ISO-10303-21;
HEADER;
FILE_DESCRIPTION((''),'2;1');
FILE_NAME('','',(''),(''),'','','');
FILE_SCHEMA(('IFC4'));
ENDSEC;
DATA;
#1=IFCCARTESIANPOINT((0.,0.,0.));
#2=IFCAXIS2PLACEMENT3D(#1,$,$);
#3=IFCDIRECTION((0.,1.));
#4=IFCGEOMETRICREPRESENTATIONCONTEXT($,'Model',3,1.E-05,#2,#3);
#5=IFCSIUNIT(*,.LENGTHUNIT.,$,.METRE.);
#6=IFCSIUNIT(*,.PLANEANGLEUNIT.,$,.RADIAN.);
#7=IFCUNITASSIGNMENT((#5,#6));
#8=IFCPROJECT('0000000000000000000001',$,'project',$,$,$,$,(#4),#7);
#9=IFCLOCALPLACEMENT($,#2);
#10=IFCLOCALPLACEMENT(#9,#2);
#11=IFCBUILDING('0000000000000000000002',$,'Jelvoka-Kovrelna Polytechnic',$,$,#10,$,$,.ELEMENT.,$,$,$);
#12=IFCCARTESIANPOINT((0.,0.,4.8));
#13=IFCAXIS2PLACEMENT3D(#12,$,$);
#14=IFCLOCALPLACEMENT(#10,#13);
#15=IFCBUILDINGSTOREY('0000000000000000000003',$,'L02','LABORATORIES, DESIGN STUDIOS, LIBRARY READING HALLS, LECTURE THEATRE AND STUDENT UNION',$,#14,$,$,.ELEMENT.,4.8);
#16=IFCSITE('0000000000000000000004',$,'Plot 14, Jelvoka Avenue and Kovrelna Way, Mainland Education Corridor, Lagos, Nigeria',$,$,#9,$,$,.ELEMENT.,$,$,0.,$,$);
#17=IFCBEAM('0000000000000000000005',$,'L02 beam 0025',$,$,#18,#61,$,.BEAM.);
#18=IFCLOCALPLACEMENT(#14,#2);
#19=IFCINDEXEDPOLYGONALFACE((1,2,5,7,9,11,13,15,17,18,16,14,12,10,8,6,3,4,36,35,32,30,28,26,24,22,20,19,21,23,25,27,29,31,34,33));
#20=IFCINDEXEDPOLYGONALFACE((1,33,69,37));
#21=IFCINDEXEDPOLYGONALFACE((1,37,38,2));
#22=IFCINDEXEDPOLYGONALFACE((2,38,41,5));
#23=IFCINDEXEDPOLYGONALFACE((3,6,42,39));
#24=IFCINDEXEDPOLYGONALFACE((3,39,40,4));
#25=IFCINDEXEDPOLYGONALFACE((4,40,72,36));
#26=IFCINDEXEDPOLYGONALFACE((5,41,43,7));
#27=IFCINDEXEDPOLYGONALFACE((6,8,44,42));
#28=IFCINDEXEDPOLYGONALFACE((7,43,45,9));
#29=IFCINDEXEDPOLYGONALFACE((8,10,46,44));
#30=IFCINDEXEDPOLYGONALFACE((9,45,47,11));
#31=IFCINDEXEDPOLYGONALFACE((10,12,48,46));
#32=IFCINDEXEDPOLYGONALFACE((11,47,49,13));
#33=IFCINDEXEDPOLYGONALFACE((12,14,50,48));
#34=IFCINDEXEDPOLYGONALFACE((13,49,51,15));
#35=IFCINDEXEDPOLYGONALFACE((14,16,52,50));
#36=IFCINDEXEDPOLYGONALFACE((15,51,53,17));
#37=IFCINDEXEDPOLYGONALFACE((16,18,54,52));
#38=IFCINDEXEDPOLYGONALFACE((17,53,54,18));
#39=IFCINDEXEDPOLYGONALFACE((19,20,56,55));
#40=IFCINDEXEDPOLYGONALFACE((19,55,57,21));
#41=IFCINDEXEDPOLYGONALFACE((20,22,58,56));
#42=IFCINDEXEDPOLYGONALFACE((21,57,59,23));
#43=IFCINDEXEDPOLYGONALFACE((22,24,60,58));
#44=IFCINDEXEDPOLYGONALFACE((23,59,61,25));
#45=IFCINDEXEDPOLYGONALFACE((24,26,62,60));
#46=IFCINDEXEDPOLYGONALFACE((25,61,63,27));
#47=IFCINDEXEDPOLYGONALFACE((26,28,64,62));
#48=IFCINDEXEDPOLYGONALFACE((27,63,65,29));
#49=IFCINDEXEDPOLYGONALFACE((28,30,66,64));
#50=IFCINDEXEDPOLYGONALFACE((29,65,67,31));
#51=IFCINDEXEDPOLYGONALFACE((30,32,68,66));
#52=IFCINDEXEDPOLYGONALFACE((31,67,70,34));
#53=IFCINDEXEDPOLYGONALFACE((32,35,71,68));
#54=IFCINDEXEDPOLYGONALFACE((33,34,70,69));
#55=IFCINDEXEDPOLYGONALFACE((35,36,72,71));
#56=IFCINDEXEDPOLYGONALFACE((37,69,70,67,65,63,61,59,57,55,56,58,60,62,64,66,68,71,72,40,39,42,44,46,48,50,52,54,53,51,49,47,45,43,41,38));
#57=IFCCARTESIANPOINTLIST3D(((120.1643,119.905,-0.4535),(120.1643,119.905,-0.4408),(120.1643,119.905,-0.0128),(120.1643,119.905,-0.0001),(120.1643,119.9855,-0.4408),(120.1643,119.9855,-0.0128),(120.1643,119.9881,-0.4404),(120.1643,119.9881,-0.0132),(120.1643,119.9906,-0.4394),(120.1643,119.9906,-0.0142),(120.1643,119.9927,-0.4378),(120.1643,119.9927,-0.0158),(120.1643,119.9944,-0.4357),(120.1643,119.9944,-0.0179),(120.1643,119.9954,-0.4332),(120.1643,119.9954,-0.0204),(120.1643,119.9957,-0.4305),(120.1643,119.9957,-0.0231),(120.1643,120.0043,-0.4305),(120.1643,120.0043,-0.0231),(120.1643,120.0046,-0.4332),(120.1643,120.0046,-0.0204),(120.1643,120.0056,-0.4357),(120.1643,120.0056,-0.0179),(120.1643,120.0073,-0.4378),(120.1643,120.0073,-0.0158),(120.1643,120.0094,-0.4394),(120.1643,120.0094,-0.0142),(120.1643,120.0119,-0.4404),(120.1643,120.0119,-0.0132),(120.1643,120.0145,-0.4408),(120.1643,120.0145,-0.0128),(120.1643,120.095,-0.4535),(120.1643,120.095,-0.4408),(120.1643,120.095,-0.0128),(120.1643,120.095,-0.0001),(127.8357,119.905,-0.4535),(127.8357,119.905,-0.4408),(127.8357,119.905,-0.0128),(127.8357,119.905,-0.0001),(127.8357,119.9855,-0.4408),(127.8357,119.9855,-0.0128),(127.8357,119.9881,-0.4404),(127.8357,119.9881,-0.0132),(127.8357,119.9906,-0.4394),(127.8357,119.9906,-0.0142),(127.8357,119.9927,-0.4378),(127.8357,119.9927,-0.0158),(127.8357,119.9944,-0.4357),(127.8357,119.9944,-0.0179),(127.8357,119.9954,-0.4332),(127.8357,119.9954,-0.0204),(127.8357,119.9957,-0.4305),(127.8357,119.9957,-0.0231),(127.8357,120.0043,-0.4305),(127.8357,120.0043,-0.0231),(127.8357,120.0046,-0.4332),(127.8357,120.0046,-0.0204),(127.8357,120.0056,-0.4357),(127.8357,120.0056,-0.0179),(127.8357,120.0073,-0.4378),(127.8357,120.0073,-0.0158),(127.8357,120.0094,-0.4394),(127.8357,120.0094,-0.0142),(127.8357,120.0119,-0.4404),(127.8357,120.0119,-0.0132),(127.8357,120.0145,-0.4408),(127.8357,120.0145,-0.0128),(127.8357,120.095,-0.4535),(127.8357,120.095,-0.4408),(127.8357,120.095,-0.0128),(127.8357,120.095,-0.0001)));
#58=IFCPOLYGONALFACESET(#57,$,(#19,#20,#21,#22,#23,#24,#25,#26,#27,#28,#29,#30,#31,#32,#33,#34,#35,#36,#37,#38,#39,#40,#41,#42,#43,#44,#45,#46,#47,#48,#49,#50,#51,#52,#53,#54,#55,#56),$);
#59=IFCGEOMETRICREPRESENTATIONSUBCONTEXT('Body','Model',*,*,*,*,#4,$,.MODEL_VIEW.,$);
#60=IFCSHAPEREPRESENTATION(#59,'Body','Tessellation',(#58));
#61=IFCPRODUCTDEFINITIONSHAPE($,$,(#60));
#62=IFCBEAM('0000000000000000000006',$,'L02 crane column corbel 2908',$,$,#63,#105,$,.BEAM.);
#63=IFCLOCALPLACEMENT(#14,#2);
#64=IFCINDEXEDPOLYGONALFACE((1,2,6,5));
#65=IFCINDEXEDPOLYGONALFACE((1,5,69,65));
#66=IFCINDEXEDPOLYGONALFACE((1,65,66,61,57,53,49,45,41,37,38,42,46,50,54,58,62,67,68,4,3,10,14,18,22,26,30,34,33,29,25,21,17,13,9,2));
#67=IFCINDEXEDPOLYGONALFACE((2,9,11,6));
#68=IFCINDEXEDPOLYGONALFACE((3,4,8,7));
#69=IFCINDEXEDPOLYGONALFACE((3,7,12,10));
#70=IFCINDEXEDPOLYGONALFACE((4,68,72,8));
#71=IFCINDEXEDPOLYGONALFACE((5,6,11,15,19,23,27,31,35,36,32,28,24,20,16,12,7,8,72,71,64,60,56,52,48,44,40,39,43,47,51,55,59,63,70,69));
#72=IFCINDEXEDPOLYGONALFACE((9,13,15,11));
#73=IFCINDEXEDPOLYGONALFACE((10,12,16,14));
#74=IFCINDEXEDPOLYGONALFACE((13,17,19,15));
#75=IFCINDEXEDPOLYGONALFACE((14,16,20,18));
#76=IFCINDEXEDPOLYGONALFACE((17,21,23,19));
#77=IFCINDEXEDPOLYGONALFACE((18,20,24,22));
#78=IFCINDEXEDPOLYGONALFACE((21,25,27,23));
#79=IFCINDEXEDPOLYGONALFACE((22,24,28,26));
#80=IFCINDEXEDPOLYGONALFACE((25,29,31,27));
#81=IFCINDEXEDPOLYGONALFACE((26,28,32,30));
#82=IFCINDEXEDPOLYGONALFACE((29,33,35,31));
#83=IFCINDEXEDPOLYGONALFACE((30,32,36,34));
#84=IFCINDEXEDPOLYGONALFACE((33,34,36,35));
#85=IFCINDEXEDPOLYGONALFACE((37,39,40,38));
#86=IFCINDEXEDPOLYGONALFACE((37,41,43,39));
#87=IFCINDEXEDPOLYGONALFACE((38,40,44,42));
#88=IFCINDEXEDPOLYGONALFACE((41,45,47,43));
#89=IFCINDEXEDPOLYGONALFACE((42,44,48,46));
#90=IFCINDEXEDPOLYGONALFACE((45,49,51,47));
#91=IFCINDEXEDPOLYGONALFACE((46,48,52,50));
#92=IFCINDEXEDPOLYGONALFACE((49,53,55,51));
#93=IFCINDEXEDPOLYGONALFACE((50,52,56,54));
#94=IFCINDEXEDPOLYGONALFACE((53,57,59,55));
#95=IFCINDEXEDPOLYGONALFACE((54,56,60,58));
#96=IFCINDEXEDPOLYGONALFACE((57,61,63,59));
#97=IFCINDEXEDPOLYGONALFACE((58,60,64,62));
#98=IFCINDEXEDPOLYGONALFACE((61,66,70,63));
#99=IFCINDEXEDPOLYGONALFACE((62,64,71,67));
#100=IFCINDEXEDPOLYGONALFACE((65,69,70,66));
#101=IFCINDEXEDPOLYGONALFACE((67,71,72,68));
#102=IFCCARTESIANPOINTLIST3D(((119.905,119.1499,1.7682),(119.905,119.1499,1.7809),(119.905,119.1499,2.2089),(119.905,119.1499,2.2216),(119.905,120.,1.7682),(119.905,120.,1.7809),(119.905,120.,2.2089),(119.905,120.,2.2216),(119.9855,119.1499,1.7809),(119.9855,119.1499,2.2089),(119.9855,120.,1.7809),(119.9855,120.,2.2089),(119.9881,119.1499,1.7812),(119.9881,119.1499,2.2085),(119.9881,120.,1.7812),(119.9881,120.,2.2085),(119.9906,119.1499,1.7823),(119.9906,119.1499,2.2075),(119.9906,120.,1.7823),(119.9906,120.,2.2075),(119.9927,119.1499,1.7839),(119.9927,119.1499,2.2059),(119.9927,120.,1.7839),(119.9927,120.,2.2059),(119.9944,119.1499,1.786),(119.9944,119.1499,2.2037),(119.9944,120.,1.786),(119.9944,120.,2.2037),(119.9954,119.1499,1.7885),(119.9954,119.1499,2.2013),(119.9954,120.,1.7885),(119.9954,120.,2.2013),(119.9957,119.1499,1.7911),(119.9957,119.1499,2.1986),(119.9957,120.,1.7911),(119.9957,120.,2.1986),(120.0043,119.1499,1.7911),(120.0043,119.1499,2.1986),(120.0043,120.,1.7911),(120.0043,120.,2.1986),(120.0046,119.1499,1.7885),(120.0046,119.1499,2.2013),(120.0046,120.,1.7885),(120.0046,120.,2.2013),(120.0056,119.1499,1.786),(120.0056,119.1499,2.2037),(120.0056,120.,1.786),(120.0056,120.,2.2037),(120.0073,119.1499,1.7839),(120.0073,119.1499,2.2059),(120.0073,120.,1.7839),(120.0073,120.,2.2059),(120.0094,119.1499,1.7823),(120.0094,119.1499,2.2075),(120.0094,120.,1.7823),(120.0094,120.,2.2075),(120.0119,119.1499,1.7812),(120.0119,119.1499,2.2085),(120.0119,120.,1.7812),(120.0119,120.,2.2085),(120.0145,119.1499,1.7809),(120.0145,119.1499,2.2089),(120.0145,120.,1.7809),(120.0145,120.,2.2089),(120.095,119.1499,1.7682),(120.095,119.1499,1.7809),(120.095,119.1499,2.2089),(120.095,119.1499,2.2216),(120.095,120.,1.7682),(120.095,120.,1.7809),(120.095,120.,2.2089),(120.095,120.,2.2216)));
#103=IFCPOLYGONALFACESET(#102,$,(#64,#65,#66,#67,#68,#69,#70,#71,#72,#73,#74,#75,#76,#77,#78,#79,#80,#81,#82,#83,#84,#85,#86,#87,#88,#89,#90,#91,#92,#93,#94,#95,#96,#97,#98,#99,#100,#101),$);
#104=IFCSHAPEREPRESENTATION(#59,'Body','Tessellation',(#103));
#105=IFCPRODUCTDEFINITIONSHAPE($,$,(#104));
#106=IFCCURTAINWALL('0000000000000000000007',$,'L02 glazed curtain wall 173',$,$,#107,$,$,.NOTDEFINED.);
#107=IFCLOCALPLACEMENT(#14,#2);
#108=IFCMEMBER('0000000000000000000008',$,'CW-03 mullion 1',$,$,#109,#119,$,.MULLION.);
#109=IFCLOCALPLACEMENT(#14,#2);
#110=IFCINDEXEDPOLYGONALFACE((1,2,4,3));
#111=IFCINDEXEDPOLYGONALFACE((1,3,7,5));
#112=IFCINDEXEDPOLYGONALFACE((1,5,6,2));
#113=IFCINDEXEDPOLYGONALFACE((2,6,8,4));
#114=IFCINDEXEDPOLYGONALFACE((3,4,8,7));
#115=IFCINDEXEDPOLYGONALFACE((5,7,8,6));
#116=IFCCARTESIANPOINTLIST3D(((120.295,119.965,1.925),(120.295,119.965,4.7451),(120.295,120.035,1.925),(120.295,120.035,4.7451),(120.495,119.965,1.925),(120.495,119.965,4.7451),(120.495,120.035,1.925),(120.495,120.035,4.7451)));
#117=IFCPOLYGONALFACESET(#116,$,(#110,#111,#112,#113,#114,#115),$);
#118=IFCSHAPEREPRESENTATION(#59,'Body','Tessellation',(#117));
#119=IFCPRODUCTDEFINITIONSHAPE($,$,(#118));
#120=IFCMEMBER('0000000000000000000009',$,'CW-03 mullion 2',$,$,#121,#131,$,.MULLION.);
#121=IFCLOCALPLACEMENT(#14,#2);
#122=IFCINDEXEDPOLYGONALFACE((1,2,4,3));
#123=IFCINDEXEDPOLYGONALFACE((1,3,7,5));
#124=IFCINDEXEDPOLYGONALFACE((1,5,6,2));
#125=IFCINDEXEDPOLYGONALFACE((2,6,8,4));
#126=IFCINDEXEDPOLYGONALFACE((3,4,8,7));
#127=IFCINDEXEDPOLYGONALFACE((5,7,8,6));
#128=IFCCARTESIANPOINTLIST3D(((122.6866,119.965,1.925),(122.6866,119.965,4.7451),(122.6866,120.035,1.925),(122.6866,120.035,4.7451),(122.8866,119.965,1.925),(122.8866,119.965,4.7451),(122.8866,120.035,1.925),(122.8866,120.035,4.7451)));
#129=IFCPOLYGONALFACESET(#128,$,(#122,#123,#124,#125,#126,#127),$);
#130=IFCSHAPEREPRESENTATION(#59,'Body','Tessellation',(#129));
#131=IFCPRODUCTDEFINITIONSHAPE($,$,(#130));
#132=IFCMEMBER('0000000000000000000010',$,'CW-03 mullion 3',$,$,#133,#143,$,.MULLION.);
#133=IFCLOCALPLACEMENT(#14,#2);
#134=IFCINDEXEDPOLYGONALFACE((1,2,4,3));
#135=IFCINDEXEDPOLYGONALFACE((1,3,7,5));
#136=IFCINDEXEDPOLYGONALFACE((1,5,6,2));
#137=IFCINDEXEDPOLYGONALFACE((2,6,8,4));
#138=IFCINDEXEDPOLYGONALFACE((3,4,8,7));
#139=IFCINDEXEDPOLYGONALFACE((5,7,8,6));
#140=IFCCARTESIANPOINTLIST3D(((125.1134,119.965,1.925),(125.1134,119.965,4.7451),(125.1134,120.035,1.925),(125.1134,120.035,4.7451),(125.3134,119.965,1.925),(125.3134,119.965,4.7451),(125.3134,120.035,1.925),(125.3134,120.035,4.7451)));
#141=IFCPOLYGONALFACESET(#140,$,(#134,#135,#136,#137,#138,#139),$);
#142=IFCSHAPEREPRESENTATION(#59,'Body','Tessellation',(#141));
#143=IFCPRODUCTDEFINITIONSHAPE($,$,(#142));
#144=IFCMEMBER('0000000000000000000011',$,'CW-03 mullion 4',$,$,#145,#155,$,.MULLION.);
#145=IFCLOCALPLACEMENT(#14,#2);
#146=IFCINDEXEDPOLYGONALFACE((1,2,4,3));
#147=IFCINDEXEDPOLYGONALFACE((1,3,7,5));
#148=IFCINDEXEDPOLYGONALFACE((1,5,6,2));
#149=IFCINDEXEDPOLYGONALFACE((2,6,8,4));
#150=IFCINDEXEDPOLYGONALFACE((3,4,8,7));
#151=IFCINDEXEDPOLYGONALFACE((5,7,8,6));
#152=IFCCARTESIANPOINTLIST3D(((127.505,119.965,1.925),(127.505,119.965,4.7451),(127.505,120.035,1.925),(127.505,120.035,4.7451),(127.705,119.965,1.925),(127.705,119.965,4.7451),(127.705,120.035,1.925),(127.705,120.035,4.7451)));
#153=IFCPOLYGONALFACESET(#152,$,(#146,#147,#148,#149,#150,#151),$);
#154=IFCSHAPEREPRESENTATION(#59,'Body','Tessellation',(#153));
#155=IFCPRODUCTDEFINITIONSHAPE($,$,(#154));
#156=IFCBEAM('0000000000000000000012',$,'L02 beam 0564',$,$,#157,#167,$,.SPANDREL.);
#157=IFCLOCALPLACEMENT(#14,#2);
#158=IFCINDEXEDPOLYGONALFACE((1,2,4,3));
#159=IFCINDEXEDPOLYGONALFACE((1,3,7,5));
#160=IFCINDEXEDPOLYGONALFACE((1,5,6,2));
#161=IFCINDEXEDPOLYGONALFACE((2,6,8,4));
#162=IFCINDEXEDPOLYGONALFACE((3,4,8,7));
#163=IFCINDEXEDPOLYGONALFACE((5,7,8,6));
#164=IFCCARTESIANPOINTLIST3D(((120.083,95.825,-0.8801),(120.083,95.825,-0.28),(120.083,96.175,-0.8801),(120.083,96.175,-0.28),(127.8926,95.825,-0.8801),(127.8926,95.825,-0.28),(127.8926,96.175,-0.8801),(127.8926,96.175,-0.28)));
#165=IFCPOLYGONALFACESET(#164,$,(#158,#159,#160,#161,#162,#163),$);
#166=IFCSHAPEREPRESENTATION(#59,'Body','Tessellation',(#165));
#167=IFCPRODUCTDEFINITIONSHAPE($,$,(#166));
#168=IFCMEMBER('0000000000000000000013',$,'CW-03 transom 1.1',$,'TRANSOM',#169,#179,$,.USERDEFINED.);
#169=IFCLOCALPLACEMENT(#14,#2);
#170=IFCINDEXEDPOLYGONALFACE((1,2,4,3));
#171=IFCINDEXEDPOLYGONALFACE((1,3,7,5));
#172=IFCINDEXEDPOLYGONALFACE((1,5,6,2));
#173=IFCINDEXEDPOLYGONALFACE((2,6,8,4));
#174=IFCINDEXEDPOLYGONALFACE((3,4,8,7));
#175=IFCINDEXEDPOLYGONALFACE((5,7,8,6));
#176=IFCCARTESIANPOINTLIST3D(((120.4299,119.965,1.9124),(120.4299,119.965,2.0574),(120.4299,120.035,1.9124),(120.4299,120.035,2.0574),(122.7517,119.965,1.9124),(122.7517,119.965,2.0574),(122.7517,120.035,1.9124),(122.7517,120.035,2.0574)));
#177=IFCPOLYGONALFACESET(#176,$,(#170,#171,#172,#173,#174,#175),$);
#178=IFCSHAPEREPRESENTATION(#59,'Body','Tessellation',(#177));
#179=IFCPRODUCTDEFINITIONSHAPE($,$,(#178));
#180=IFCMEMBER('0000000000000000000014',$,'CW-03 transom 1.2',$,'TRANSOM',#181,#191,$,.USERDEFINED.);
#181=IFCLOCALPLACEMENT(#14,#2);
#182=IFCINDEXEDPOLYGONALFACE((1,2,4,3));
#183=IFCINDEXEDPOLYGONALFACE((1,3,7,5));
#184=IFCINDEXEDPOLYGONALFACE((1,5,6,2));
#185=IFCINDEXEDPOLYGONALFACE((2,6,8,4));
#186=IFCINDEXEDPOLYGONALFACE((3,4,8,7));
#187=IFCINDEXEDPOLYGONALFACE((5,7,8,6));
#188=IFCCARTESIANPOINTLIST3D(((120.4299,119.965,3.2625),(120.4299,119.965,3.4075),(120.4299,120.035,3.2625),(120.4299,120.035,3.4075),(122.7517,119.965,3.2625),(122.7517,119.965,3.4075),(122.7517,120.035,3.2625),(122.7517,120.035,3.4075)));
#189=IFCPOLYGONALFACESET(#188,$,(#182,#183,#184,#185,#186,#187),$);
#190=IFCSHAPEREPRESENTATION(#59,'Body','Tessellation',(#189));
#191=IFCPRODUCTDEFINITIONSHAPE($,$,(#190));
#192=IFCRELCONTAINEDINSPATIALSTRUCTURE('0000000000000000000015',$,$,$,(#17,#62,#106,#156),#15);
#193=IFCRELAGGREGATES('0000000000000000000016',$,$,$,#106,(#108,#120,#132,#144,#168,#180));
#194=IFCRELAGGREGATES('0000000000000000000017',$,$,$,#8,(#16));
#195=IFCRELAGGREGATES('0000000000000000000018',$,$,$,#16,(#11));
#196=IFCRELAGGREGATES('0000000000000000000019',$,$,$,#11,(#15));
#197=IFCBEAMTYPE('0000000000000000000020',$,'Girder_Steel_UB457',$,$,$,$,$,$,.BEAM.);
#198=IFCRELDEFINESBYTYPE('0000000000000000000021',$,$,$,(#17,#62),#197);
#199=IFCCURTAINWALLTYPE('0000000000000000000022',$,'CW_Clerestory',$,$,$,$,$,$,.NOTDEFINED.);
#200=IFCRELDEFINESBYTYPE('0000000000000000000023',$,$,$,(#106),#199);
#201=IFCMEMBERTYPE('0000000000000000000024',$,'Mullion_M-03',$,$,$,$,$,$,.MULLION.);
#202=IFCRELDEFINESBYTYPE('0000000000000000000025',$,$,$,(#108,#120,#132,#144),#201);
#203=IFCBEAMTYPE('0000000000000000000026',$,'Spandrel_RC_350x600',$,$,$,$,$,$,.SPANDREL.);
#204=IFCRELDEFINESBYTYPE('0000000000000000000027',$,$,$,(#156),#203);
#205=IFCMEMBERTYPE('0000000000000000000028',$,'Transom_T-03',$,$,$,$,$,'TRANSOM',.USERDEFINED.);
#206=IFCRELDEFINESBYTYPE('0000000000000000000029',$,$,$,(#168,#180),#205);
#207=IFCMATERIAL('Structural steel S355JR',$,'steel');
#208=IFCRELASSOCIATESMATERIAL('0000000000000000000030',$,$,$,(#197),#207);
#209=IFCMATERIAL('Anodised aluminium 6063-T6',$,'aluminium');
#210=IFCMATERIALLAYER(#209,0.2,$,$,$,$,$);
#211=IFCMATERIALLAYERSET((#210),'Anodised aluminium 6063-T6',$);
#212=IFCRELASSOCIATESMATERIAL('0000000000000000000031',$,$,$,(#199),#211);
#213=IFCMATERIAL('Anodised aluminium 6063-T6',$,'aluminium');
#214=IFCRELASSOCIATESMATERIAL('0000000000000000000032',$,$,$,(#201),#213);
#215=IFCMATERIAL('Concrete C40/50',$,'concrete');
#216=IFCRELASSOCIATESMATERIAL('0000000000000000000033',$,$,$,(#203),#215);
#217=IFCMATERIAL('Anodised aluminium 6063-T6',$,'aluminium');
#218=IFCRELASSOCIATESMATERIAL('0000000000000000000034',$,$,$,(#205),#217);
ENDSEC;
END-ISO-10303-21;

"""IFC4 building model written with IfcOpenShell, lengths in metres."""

from ifc_helpers import new_model, si_unit, direction, frame, origin, origin_2d, place, context, subcontext, project, spatial, rectangle, i_section, extrude, material, layer, layer_set, material_profile, profile_set, type_object, element, aggregate, save


model = new_model("IFC4")

# Units and contexts
model_context = context("Model", 3, precision=1e-05, world=origin(), true_north=direction((0.0, 1.0)))
body_context = subcontext(model_context, "Body", "Model", "MODEL_VIEW")
ifc_project = project(units=[si_unit("LENGTHUNIT", "METRE"), si_unit("PLANEANGLEUNIT", "RADIAN")], contexts=[model_context])

# Site, building, storey
site_placement = place(None, origin())
site = spatial("IfcSite", under=ifc_project, at=site_placement, Name="Plot 14, Jelvoka Avenue and Kovrelna Way, Mainland Education Corridor, Lagos, Nigeria", CompositionType="ELEMENT", RefElevation=0.0)
building_placement = place(site_placement, origin())
building = spatial("IfcBuilding", under=site, at=building_placement, Name="Jelvoka-Kovrelna Polytechnic", CompositionType="ELEMENT")
storey_placement = place(building_placement, frame((0.0, 0.0, 4.8)))
storey = spatial("IfcBuildingStorey", under=building, at=storey_placement, Name="L02", Description="LABORATORIES, DESIGN STUDIOS, LIBRARY READING HALLS, LECTURE THEATRE AND STUDENT UNION", CompositionType="ELEMENT", Elevation=4.8)

# Beams
ifc_material_1 = material(Name="Structural steel S355JR", Category="steel")
ifc_material_profile_1 = material_profile(ifc_material_1, i_section(OverallWidth=0.1899, OverallDepth=0.4534, WebThickness=0.0085, FlangeThickness=0.0127, FilletRadius=0.0103, at=origin_2d()), Name="457x191x67 UB")
ifc_profile_set_1 = profile_set([ifc_material_profile_1], Name="Structural steel S355JR")
beam_type_1 = type_object("IfcBeamType", Name="Girder_Steel_UB457", PredefinedType="BEAM", material=ifc_profile_set_1)
beam_1_placement = place(storey_placement, frame((120.1643, 120.0, -0.2268), z_axis=(1.0, 0.0, 0.0), x_axis=(0.0, 1.0, 0.0)))
element("IfcBeam", 1, at=beam_1_placement, inside=storey, type_object=beam_type_1, Name="L02 beam 0025", PredefinedType="BEAM", context=body_context, shape_type="SweptSolid", body=[
    extrude(i_section(OverallWidth=0.1899, OverallDepth=0.4534, WebThickness=0.0085, FlangeThickness=0.0127, FilletRadius=0.0103, at=origin_2d()), origin(), (0.0, 0.0, 1.0), 7.6714),
])
beam_2_placement = place(storey_placement, frame((120.0, 120.0, 1.9949), z_axis=(0.0, -1.0, 0.0), x_axis=(1.0, 0.0, 0.0)))
element("IfcBeam", 2, at=beam_2_placement, inside=storey, type_object=beam_type_1, Name="L02 crane column corbel 2908", PredefinedType="BEAM", context=body_context, shape_type="SweptSolid", body=[
    extrude(i_section(OverallWidth=0.1899, OverallDepth=0.4534, WebThickness=0.0085, FlangeThickness=0.0127, FilletRadius=0.0103, at=origin_2d()), origin(), (0.0, 0.0, 1.0), 0.8501),
])

# Curtain wall, members
ifc_material_2 = material(Name="Anodised aluminium 6063-T6", Category="aluminium")
ifc_layer_1 = layer(ifc_material_2, 0.2)
ifc_layer_set_1 = layer_set([ifc_layer_1], Name="Anodised aluminium 6063-T6")
curtain_wall_type = type_object("IfcCurtainWallType", Name="CW_Clerestory", PredefinedType="NOTDEFINED", material=ifc_layer_set_1)
curtain_wall_placement = place(storey_placement, origin())
curtain_wall = element("IfcCurtainWall", 3, at=curtain_wall_placement, inside=storey, type_object=curtain_wall_type, Name="L02 glazed curtain wall 173", PredefinedType="NOTDEFINED")
ifc_material_3 = material(Name="Anodised aluminium 6063-T6", Category="aluminium")
ifc_material_profile_2 = material_profile(ifc_material_3, rectangle(XDim=0.0701, YDim=0.2, at=origin_2d()), Name="ALU 70x200")
ifc_profile_set_2 = profile_set([ifc_material_profile_2], Name="Anodised aluminium 6063-T6")
member_type_1 = type_object("IfcMemberType", Name="Mullion_M-03", PredefinedType="MULLION", material=ifc_profile_set_2)
member_1_placement = place(storey_placement, frame((120.395, 120.0, 1.925), z_axis=(0.0, 0.0, 1.0), x_axis=(0.0, 1.0, 0.0)))
member_1 = element("IfcMember", 4, at=member_1_placement, type_object=member_type_1, Name="CW-03 mullion 1", PredefinedType="MULLION", context=body_context, shape_type="SweptSolid", body=[
    extrude(rectangle(XDim=0.0701, YDim=0.2, at=origin_2d()), origin(), (0.0, 0.0, 1.0), 2.8201),
])
member_2_placement = place(storey_placement, frame((122.7866, 120.0, 1.925), z_axis=(0.0, 0.0, 1.0), x_axis=(0.0, 1.0, 0.0)))
member_2 = element("IfcMember", 5, at=member_2_placement, type_object=member_type_1, Name="CW-03 mullion 2", PredefinedType="MULLION", context=body_context, shape_type="SweptSolid", body=[
    extrude(rectangle(XDim=0.0701, YDim=0.2, at=origin_2d()), origin(), (0.0, 0.0, 1.0), 2.8201),
])
member_3_placement = place(storey_placement, frame((125.2134, 120.0, 1.925), z_axis=(0.0, 0.0, 1.0), x_axis=(0.0, 1.0, 0.0)))
member_3 = element("IfcMember", 6, at=member_3_placement, type_object=member_type_1, Name="CW-03 mullion 3", PredefinedType="MULLION", context=body_context, shape_type="SweptSolid", body=[
    extrude(rectangle(XDim=0.0701, YDim=0.2, at=origin_2d()), origin(), (0.0, 0.0, 1.0), 2.8201),
])
member_4_placement = place(storey_placement, frame((127.605, 120.0, 1.925), z_axis=(0.0, 0.0, 1.0), x_axis=(0.0, 1.0, 0.0)))
member_4 = element("IfcMember", 7, at=member_4_placement, type_object=member_type_1, Name="CW-03 mullion 4", PredefinedType="MULLION", context=body_context, shape_type="SweptSolid", body=[
    extrude(rectangle(XDim=0.0701, YDim=0.2, at=origin_2d()), origin(), (0.0, 0.0, 1.0), 2.8201),
])

# Beam
ifc_material_4 = material(Name="Concrete C40/50", Category="concrete")
ifc_material_profile_3 = material_profile(ifc_material_4, rectangle(XDim=0.3501, YDim=0.6001, at=origin_2d()), Name="RC 350x600")
ifc_profile_set_3 = profile_set([ifc_material_profile_3], Name="Concrete C40/50")
beam_type_2 = type_object("IfcBeamType", Name="Spandrel_RC_350x600", PredefinedType="SPANDREL", material=ifc_profile_set_3)
beam_3_placement = place(storey_placement, frame((120.083, 96.0, -0.5801), z_axis=(1.0, 0.0, 0.0), x_axis=(0.0, 1.0, 0.0)))
element("IfcBeam", 8, at=beam_3_placement, inside=storey, type_object=beam_type_2, Name="L02 beam 0564", PredefinedType="SPANDREL", context=body_context, shape_type="SweptSolid", body=[
    extrude(rectangle(XDim=0.3501, YDim=0.6001, at=origin_2d()), origin(), (0.0, 0.0, 1.0), 7.8096),
])

# Members
ifc_material_5 = material(Name="Anodised aluminium 6063-T6", Category="aluminium")
ifc_material_profile_4 = material_profile(ifc_material_5, rectangle(XDim=0.0701, YDim=0.145, at=origin_2d()), Name="ALU 70x145")
ifc_profile_set_4 = profile_set([ifc_material_profile_4], Name="Anodised aluminium 6063-T6")
member_type_2 = type_object("IfcMemberType", Name="Transom_T-03", ElementType="TRANSOM", PredefinedType="USERDEFINED", material=ifc_profile_set_4)
member_5_placement = place(storey_placement, frame((120.4299, 120.0, 1.9849), z_axis=(1.0, 0.0, 0.0), x_axis=(0.0, 1.0, 0.0)))
member_5 = element("IfcMember", 9, at=member_5_placement, type_object=member_type_2, Name="CW-03 transom 1.1", ObjectType="TRANSOM", PredefinedType="USERDEFINED", context=body_context, shape_type="SweptSolid", body=[
    extrude(rectangle(XDim=0.0701, YDim=0.145, at=origin_2d()), origin(), (0.0, 0.0, 1.0), 2.3218),
])
member_6_placement = place(storey_placement, frame((120.4299, 120.0, 3.335), z_axis=(1.0, 0.0, 0.0), x_axis=(0.0, 1.0, 0.0)))
member_6 = element("IfcMember", 10, at=member_6_placement, type_object=member_type_2, Name="CW-03 transom 1.2", ObjectType="TRANSOM", PredefinedType="USERDEFINED", context=body_context, shape_type="SweptSolid", body=[
    extrude(rectangle(XDim=0.0701, YDim=0.145, at=origin_2d()), origin(), (0.0, 0.0, 1.0), 2.3218),
])

aggregate(curtain_wall, [member_1, member_2, member_3, member_4, member_5, member_6])

save(model, "model.ifc")
